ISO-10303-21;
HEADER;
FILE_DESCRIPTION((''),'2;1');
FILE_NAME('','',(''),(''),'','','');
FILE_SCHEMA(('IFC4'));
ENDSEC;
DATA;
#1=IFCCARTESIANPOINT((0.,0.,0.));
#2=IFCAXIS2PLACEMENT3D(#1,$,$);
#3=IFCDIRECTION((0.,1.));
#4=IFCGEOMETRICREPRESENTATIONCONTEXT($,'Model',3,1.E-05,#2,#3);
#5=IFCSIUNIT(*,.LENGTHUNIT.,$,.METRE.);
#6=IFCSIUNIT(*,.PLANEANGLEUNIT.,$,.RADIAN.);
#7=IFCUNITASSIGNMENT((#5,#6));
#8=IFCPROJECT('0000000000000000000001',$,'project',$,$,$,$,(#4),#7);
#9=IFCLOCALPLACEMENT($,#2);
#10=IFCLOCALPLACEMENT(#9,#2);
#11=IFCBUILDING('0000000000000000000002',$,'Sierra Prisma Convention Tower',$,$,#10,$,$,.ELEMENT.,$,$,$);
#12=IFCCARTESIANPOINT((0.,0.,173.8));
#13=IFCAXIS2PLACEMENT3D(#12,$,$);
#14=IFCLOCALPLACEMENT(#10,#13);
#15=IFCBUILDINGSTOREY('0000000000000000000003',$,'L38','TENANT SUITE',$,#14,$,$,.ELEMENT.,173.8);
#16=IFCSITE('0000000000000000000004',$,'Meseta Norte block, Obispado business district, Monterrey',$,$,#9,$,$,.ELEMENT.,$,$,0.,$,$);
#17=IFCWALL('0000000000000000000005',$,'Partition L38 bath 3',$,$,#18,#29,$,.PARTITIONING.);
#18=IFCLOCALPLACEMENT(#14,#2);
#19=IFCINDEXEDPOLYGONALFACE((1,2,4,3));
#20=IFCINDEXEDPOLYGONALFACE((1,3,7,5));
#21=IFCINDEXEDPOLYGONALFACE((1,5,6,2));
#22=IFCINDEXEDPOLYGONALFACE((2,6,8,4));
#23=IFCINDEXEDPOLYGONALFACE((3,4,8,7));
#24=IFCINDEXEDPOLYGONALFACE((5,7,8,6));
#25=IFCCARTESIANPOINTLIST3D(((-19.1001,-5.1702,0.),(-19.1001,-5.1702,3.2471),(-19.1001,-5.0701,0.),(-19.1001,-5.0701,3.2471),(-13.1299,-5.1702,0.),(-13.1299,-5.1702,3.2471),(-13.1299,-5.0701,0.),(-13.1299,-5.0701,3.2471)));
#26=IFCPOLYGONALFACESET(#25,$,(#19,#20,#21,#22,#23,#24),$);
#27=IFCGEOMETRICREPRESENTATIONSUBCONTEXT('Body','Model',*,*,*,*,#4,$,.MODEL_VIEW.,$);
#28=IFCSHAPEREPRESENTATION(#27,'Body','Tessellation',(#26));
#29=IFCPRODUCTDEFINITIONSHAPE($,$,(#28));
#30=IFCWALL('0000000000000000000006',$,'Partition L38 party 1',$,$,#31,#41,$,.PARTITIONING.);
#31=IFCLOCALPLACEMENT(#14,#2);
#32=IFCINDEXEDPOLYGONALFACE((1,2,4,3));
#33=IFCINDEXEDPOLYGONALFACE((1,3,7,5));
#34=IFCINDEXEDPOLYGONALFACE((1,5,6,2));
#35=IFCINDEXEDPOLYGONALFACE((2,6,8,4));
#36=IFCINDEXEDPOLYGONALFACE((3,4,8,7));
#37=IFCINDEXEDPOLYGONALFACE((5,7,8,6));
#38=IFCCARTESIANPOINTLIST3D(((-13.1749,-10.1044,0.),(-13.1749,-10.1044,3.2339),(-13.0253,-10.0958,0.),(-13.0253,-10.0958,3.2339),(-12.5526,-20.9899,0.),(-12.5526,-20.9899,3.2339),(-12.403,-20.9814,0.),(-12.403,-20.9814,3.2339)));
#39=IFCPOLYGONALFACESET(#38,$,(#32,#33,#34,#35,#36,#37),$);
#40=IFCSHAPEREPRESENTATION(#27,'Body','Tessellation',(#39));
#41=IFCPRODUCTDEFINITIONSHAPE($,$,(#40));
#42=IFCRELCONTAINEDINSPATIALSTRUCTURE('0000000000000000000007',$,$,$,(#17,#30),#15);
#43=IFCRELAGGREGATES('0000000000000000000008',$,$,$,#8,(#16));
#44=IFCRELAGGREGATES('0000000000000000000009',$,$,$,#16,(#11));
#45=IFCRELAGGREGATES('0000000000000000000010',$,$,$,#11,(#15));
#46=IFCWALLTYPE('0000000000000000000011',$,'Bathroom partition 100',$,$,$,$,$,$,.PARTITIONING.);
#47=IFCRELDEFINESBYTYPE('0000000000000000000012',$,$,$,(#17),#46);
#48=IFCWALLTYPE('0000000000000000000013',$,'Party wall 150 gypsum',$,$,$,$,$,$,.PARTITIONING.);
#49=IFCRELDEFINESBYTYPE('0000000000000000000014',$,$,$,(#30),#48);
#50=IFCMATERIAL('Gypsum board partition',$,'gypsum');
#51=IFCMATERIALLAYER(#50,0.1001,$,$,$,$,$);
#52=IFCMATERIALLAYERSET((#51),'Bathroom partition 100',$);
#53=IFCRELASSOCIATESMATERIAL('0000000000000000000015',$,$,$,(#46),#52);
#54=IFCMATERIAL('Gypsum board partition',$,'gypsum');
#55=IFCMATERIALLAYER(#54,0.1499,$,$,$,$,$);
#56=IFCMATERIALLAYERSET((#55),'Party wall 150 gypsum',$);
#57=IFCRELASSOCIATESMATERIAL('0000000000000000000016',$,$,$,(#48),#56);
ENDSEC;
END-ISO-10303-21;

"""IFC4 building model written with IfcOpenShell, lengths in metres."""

from ifc_helpers import new_model, si_unit, direction, frame, frame_2d, origin, place, context, subcontext, project, spatial, rectangle, extrude, material, layer, layer_set, type_object, element, save


model = new_model("IFC4")

# Units and contexts
model_context = context("Model", 3, precision=1e-05, world=origin(), true_north=direction((0.0, 1.0)))
body_context = subcontext(model_context, "Body", "Model", "MODEL_VIEW")
ifc_project = project(units=[si_unit("LENGTHUNIT", "METRE"), si_unit("PLANEANGLEUNIT", "RADIAN")], contexts=[model_context])

# Site, building, storey
site_placement = place(None, origin())
site = spatial("IfcSite", under=ifc_project, at=site_placement, Name="Meseta Norte block, Obispado business district, Monterrey", CompositionType="ELEMENT", RefElevation=0.0)
building_placement = place(site_placement, origin())
building = spatial("IfcBuilding", under=site, at=building_placement, Name="Sierra Prisma Convention Tower", CompositionType="ELEMENT")
storey_placement = place(building_placement, frame((0.0, 0.0, 173.8)))
storey = spatial("IfcBuildingStorey", under=building, at=storey_placement, Name="L38", Description="TENANT SUITE", CompositionType="ELEMENT", Elevation=173.8)

# Walls
ifc_material_1 = material(Name="Gypsum board partition", Category="gypsum")
ifc_layer_1 = layer(ifc_material_1, 0.1001)
ifc_layer_set_1 = layer_set([ifc_layer_1], Name="Bathroom partition 100")
wall_type_1 = type_object("IfcWallType", Name="Bathroom partition 100", PredefinedType="PARTITIONING", material=ifc_layer_set_1)
wall_1_placement = place(storey_placement, frame((-19.1001, -5.1201, 0.0), z_axis=(0.0, 0.0, 1.0), x_axis=(1.0, 0.0, 0.0)))
element("IfcWall", 1, at=wall_1_placement, inside=storey, type_object=wall_type_1, Name="Partition L38 bath 3", PredefinedType="PARTITIONING", context=body_context, shape_type="SweptSolid", body=[
    extrude(rectangle(XDim=5.9702, YDim=0.1001, at=frame_2d((2.9851, 0.0))), origin(), (0.0, 0.0, 1.0), 3.2471),
])
ifc_material_2 = material(Name="Gypsum board partition", Category="gypsum")
ifc_layer_2 = layer(ifc_material_2, 0.1499)
ifc_layer_set_2 = layer_set([ifc_layer_2], Name="Party wall 150 gypsum")
wall_type_2 = type_object("IfcWallType", Name="Party wall 150 gypsum", PredefinedType="PARTITIONING", material=ifc_layer_set_2)
wall_2_placement = place(storey_placement, frame((-13.1001, -10.1001, 0.0), z_axis=(0.0, 0.0, 1.0), x_axis=(0.057076, -0.99837, 0.0)))
element("IfcWall", 2, at=wall_2_placement, inside=storey, type_object=wall_type_2, Name="Partition L38 party 1", PredefinedType="PARTITIONING", context=body_context, shape_type="SweptSolid", body=[
    extrude(rectangle(XDim=10.9033, YDim=0.1499, at=frame_2d((5.4517, 0.0))), origin(), (0.0, 0.0, 1.0), 3.2339),
])

save(model, "model.ifc")
